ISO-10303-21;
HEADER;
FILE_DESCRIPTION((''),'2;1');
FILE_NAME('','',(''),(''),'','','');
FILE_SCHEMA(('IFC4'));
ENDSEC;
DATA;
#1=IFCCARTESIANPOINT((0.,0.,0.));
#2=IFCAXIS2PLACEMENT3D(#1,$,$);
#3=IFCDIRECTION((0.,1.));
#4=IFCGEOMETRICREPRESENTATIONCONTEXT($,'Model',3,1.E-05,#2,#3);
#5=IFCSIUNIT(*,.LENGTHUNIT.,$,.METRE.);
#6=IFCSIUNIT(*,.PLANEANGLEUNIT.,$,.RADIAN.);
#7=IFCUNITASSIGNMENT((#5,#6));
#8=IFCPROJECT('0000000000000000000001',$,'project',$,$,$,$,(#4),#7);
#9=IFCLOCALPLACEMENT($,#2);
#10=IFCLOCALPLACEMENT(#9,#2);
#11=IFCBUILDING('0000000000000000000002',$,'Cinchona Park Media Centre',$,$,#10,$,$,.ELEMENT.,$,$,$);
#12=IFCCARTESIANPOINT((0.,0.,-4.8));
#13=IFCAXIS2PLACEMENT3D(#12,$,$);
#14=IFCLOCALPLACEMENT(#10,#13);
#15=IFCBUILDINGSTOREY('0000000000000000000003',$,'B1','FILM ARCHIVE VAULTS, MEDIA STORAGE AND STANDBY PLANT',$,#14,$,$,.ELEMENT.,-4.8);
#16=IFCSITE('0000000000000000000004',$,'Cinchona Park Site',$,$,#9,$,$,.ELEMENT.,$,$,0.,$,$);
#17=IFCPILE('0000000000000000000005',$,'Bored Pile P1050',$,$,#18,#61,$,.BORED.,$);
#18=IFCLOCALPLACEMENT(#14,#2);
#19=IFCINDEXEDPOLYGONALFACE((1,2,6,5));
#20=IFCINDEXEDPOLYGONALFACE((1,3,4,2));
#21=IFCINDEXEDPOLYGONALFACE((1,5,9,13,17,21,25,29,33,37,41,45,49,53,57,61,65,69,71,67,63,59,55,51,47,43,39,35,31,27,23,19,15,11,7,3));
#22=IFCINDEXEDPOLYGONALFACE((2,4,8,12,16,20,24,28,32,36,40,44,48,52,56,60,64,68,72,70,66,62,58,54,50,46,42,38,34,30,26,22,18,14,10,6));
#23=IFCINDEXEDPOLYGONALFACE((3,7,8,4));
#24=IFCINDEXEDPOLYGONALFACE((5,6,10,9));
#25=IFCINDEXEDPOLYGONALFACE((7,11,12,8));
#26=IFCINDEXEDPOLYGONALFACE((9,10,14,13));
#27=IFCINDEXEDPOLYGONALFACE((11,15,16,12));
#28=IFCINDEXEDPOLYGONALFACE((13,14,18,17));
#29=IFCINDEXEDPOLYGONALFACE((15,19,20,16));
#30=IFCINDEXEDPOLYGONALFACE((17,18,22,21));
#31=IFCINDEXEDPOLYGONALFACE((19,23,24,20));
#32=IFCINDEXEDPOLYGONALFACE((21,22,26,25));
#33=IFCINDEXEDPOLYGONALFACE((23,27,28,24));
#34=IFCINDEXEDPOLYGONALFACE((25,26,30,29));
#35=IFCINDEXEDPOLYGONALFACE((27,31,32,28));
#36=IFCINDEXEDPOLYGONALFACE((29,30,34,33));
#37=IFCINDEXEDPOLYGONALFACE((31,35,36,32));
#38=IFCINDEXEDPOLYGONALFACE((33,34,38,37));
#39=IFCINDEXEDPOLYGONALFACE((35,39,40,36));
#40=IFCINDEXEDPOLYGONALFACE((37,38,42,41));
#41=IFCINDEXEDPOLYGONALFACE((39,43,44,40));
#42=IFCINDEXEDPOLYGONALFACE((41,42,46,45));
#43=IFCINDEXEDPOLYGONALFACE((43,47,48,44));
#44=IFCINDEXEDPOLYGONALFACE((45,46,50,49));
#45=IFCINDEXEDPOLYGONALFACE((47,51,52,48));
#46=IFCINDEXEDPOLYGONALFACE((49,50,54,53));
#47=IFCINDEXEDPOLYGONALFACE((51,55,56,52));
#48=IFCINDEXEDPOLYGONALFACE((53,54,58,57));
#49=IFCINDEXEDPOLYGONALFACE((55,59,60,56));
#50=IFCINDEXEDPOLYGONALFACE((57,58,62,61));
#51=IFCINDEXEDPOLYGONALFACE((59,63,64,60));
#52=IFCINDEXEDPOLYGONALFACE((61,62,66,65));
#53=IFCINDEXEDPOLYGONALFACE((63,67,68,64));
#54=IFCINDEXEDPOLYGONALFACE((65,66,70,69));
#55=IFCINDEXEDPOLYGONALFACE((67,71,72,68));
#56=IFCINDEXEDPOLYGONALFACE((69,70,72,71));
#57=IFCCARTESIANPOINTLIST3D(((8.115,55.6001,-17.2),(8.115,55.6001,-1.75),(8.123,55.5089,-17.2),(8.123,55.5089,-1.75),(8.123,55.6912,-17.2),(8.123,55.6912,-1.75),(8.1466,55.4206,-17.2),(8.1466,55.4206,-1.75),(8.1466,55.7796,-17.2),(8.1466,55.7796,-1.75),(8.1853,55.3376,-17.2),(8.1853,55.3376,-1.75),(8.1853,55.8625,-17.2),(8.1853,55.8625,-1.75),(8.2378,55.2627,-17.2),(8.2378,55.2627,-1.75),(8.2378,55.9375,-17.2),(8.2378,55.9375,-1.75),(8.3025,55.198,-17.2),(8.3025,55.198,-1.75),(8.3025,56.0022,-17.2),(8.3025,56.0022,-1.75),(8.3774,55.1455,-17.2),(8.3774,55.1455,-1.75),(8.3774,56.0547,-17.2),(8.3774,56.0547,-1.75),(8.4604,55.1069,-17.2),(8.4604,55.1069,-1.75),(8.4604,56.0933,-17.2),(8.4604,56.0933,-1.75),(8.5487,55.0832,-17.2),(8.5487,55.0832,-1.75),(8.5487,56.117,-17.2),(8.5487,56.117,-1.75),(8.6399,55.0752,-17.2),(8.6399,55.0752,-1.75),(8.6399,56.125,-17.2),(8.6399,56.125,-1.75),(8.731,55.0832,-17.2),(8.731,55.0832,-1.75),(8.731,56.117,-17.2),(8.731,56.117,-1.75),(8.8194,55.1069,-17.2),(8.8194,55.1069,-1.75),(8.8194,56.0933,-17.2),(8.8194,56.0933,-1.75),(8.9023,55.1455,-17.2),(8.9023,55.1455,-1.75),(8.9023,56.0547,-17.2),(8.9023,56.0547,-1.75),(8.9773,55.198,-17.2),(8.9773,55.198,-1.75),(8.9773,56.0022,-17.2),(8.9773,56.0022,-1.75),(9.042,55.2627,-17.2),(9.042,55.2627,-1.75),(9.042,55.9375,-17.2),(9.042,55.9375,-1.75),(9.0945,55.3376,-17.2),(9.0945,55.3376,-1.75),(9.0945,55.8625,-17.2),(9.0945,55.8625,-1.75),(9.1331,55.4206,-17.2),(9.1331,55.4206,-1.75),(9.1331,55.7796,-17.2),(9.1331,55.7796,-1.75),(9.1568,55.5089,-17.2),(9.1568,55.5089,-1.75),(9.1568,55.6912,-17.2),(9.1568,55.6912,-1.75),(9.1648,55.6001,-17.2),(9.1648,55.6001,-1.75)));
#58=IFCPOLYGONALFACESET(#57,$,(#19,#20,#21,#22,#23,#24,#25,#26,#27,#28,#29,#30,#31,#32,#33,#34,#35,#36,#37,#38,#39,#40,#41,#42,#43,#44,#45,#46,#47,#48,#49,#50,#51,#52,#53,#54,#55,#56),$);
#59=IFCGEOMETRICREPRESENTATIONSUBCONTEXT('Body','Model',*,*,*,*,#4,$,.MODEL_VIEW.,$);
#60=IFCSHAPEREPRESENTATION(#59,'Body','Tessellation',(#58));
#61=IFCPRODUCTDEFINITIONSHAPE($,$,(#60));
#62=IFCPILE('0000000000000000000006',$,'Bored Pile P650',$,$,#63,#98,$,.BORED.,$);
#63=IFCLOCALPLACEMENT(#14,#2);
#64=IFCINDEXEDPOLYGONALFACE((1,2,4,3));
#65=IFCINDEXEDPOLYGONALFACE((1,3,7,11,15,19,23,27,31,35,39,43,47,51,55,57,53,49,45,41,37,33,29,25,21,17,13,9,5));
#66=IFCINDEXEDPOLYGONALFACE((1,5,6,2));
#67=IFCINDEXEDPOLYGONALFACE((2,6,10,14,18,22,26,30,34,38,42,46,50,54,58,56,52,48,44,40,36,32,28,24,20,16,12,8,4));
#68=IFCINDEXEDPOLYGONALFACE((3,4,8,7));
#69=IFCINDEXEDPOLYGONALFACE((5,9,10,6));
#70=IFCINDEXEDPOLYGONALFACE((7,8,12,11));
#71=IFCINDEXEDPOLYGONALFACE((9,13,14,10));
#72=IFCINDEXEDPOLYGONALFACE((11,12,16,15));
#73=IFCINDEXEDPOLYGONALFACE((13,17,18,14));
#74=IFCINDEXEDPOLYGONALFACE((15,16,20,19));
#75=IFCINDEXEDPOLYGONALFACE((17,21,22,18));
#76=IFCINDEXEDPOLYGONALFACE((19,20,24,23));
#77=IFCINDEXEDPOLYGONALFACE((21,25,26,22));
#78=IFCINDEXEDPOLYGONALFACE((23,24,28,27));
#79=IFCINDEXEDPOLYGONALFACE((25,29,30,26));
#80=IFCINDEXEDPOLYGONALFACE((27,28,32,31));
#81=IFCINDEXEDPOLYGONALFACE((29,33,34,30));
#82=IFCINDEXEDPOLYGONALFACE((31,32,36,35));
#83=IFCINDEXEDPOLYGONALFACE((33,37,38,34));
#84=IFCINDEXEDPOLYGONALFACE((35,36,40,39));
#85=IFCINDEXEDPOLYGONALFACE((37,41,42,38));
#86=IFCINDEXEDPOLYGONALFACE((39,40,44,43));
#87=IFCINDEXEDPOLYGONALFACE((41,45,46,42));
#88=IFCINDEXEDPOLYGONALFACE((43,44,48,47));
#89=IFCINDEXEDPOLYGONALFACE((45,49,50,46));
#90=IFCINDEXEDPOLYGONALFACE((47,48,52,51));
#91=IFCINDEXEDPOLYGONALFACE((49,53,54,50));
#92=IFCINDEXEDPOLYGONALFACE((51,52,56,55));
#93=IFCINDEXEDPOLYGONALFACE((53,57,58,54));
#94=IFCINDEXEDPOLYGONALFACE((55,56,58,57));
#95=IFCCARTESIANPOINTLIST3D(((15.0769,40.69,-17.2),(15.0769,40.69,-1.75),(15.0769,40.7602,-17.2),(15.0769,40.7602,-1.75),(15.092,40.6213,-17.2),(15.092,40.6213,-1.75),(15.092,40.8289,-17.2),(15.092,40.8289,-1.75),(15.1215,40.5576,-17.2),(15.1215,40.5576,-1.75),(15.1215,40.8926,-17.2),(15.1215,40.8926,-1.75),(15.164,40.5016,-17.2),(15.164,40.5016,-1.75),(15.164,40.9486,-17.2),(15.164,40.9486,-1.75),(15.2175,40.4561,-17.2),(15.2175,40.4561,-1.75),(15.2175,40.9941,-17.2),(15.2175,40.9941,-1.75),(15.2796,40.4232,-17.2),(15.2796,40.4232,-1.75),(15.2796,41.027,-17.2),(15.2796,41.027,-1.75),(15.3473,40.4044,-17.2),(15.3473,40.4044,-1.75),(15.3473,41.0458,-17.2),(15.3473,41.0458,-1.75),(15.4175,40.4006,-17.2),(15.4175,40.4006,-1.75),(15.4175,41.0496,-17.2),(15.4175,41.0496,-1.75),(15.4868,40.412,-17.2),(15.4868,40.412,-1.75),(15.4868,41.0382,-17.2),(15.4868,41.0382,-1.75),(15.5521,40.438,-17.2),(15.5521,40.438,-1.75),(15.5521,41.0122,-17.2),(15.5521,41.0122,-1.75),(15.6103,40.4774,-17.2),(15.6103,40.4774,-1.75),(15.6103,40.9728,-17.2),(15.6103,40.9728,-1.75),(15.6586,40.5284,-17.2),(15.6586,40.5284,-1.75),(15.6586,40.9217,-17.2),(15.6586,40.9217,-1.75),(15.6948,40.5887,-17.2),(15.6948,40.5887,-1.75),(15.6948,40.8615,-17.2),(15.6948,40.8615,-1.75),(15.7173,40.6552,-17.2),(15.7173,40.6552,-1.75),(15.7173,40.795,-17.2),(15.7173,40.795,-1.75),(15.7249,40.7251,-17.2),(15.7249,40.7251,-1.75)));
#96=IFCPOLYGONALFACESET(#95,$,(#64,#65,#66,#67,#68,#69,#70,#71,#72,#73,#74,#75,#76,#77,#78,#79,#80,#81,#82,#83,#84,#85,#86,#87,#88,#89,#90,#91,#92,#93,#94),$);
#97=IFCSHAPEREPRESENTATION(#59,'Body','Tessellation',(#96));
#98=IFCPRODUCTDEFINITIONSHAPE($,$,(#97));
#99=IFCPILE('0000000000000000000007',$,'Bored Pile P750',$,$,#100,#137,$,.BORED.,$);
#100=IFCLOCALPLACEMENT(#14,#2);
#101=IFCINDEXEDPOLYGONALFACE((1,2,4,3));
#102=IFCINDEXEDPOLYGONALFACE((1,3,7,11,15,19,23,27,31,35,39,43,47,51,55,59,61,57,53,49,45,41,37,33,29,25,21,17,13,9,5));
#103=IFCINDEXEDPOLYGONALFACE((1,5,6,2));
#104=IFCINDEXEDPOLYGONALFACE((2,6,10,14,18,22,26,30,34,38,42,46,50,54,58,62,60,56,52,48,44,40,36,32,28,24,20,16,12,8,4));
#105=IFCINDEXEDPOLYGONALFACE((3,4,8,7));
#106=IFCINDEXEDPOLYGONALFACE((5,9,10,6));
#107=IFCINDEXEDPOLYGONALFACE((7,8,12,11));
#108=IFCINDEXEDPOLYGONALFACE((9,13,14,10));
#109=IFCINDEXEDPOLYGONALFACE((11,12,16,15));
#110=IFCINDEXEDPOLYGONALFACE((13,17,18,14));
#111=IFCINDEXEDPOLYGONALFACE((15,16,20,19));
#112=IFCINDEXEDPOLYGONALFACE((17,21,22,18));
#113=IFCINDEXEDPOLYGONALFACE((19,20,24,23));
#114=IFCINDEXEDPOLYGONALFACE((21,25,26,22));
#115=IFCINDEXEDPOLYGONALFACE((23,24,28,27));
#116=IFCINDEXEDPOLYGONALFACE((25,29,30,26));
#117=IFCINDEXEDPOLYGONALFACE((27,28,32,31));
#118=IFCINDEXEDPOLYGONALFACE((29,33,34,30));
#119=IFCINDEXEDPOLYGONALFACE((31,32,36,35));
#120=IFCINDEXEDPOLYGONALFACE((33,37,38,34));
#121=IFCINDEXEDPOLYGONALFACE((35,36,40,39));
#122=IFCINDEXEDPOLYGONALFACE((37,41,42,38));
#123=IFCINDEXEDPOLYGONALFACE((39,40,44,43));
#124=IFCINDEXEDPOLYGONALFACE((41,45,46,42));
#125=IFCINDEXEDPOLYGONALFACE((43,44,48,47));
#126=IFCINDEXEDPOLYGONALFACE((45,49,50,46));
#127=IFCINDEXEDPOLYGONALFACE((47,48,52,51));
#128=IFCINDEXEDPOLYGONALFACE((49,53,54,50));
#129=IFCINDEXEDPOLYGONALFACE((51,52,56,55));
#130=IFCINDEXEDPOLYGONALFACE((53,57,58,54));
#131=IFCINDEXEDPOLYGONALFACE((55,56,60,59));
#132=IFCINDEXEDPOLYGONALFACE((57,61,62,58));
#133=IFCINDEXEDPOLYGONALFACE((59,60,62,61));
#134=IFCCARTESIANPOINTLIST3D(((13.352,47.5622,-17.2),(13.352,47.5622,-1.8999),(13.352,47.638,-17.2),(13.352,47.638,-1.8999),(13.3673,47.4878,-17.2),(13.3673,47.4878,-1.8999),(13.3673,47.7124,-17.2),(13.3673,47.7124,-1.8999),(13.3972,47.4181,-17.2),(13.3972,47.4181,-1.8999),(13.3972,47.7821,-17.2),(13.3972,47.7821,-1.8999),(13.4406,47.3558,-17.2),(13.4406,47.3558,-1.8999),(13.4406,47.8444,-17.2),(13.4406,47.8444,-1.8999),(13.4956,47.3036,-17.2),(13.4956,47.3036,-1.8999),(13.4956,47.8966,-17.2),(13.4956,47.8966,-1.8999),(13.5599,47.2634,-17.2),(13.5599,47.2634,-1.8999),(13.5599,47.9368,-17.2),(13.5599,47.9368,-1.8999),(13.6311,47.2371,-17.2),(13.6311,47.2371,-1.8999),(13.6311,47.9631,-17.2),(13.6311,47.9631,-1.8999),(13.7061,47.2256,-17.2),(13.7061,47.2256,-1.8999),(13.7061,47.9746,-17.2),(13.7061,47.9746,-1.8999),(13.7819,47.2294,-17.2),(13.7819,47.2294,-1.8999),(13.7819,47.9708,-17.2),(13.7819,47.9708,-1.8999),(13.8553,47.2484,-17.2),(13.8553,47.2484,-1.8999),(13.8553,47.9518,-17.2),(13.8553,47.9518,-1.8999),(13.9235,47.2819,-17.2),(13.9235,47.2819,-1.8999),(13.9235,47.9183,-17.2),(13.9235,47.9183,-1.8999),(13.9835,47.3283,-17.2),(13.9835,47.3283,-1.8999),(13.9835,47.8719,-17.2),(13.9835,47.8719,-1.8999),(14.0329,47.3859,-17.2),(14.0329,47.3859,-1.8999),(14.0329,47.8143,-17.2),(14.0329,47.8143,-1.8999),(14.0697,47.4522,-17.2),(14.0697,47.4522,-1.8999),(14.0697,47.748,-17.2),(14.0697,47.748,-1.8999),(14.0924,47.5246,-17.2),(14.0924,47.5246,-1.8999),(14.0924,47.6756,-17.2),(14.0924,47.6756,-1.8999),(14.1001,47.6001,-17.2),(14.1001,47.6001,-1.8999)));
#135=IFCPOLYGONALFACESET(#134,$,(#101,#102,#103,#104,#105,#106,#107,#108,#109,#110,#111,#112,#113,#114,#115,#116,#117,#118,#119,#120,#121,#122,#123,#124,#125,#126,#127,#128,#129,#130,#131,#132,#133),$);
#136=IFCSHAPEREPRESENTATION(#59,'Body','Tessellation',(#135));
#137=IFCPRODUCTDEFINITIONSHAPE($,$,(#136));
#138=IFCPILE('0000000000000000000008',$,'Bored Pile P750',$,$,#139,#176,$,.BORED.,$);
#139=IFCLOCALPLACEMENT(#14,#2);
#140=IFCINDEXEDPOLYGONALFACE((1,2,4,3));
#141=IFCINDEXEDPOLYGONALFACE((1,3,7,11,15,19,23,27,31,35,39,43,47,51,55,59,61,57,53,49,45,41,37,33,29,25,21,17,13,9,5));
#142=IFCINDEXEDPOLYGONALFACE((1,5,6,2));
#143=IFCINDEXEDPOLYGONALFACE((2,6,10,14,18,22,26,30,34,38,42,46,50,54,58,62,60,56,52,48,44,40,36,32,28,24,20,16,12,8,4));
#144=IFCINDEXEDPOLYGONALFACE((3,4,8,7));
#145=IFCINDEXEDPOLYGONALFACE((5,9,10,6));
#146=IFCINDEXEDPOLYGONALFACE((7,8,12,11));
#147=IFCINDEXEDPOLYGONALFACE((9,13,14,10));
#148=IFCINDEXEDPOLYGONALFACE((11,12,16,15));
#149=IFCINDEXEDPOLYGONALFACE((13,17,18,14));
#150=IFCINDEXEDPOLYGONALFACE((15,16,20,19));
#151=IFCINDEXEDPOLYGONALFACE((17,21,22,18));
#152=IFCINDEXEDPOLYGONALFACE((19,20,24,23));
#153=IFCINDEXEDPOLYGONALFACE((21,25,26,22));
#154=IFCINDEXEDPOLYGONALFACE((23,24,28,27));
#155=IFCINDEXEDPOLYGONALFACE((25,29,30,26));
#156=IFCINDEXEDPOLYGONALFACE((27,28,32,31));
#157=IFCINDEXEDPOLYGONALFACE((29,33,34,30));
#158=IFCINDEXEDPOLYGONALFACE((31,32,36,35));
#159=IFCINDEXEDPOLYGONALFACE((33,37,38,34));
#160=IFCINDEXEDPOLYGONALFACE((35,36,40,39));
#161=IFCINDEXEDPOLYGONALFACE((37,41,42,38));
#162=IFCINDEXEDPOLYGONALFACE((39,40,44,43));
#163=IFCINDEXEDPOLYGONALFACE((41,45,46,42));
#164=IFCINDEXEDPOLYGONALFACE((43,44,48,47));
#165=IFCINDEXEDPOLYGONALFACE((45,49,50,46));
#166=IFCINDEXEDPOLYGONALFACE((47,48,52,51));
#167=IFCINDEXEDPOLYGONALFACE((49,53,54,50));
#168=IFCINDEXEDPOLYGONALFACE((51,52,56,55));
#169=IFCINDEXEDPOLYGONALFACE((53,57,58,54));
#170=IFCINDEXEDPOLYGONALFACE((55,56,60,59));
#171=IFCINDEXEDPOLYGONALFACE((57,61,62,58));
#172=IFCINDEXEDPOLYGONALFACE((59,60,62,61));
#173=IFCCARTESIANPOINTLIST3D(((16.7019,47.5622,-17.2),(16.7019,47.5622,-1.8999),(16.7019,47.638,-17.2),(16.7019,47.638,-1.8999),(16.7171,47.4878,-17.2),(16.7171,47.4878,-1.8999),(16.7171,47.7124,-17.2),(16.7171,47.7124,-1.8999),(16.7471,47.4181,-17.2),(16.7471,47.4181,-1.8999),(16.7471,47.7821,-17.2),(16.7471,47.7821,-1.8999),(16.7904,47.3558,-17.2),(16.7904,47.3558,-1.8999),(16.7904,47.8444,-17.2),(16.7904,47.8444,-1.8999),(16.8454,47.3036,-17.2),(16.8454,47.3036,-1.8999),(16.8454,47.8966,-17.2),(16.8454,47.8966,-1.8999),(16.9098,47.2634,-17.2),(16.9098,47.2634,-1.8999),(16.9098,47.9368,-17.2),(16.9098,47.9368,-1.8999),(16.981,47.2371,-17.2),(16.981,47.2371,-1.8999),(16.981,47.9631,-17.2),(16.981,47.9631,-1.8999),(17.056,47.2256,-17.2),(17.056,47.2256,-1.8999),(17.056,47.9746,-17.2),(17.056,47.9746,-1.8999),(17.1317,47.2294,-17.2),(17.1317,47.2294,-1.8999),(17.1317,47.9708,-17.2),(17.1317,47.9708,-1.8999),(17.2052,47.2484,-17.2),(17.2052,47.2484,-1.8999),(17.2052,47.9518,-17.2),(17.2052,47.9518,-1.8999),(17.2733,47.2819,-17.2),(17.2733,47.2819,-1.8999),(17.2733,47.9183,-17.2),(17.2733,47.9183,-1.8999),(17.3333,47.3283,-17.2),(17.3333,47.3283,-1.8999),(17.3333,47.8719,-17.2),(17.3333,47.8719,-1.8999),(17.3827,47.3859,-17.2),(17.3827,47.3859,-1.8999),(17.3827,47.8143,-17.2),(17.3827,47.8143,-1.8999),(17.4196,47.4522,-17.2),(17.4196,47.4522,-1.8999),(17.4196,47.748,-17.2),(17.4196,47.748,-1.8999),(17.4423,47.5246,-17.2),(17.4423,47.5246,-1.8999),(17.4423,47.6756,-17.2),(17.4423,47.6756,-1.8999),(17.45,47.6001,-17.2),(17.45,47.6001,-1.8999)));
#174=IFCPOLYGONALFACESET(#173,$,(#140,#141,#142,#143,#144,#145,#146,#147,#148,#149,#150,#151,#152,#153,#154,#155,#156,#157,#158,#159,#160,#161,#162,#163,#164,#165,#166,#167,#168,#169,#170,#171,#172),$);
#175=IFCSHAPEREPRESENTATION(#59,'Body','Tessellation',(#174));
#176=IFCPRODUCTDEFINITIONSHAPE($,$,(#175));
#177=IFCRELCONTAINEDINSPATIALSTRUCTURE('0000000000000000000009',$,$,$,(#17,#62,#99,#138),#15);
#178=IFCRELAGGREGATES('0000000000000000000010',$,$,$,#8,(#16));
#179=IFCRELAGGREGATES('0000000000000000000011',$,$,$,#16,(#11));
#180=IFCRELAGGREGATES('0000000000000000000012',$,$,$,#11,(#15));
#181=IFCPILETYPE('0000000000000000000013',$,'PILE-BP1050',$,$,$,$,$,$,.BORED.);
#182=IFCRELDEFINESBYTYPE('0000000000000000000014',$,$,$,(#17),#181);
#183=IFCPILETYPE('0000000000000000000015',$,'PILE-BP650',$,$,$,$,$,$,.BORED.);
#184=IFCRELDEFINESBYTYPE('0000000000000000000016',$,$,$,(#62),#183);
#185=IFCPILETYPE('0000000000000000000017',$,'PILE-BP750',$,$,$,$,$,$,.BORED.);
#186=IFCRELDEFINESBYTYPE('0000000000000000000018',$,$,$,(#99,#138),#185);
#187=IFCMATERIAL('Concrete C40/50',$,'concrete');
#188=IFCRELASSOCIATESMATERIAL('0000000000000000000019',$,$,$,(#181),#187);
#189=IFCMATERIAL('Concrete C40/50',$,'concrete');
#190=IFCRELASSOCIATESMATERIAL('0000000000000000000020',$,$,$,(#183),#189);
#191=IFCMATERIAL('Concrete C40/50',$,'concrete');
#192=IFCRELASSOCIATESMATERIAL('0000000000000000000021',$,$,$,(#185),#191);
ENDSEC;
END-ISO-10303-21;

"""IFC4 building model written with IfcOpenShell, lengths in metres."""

from ifc_helpers import new_model, si_unit, direction, frame, origin, origin_2d, place, context, subcontext, project, spatial, circle, extrude, material, material_profile, profile_set, type_object, element, save


model = new_model("IFC4")

# Units and contexts
model_context = context("Model", 3, precision=1e-05, world=origin(), true_north=direction((0.0, 1.0)))
body_context = subcontext(model_context, "Body", "Model", "MODEL_VIEW")
ifc_project = project(units=[si_unit("LENGTHUNIT", "METRE"), si_unit("PLANEANGLEUNIT", "RADIAN")], contexts=[model_context])

# Site, building, storey
site_placement = place(None, origin())
site = spatial("IfcSite", under=ifc_project, at=site_placement, Name="Cinchona Park Site", CompositionType="ELEMENT", RefElevation=0.0)
building_placement = place(site_placement, origin())
building = spatial("IfcBuilding", under=site, at=building_placement, Name="Cinchona Park Media Centre", CompositionType="ELEMENT")
storey_placement = place(building_placement, frame((0.0, 0.0, -4.8)))
storey = spatial("IfcBuildingStorey", under=building, at=storey_placement, Name="B1", Description="FILM ARCHIVE VAULTS, MEDIA STORAGE AND STANDBY PLANT", CompositionType="ELEMENT", Elevation=-4.8)

# Piles
ifc_material_1 = material(Name="Concrete C40/50", Category="concrete")
ifc_material_profile_1 = material_profile(ifc_material_1, circle(Radius=0.5249, at=origin_2d()), Name="BORED PILE 1050")
ifc_profile_set_1 = profile_set([ifc_material_profile_1], Name="Concrete C40/50")
pile_type_1 = type_object("IfcPileType", Name="PILE-BP1050", PredefinedType="BORED", material=ifc_profile_set_1)
pile_1_placement = place(storey_placement, frame((8.6399, 55.6001, -1.75), z_axis=(0.0, 0.0, -1.0), x_axis=(1.0, 0.0, 0.0)))
element("IfcPile", 1, at=pile_1_placement, inside=storey, type_object=pile_type_1, Name="Bored Pile P1050", PredefinedType="BORED", context=body_context, shape_type="SweptSolid", body=[
    extrude(circle(Radius=0.5249, at=origin_2d()), origin(), (0.0, 0.0, 1.0), 15.45),
])
ifc_material_2 = material(Name="Concrete C40/50", Category="concrete")
ifc_material_profile_2 = material_profile(ifc_material_2, circle(Radius=0.325, at=origin_2d()), Name="BORED PILE 650")
ifc_profile_set_2 = profile_set([ifc_material_profile_2], Name="Concrete C40/50")
pile_type_2 = type_object("IfcPileType", Name="PILE-BP650", PredefinedType="BORED", material=ifc_profile_set_2)
pile_2_placement = place(storey_placement, frame((15.3999, 40.7251, -1.75), z_axis=(0.0, 0.0, -1.0), x_axis=(1.0, 0.0, 0.0)))
element("IfcPile", 2, at=pile_2_placement, inside=storey, type_object=pile_type_2, Name="Bored Pile P650", PredefinedType="BORED", context=body_context, shape_type="SweptSolid", body=[
    extrude(circle(Radius=0.325, at=origin_2d()), origin(), (0.0, 0.0, 1.0), 15.45),
])
ifc_material_3 = material(Name="Concrete C40/50", Category="concrete")
ifc_material_profile_3 = material_profile(ifc_material_3, circle(Radius=0.375, at=origin_2d()), Name="BORED PILE 750")
ifc_profile_set_3 = profile_set([ifc_material_profile_3], Name="Concrete C40/50")
pile_type_3 = type_object("IfcPileType", Name="PILE-BP750", PredefinedType="BORED", material=ifc_profile_set_3)
for number, where, z_axis, x_axis, name in (
    (3, (13.7251, 47.6001, -1.8999), (0.0, 0.0, -1.0), (1.0, 0.0, 0.0), "Bored Pile P750"),
    (4, (17.075, 47.6001, -1.8999), (0.0, 0.0, -1.0), (1.0, 0.0, 0.0), "Bored Pile P750"),
):
    element("IfcPile", number, at=place(storey_placement, frame(where, z_axis=z_axis, x_axis=x_axis)), inside=storey, type_object=pile_type_3, Name=name, PredefinedType="BORED", context=body_context, shape_type="SweptSolid", body=[
        extrude(circle(Radius=0.375, at=origin_2d()), origin(), (0.0, 0.0, 1.0), 15.3),
    ])

save(model, "model.ifc")
